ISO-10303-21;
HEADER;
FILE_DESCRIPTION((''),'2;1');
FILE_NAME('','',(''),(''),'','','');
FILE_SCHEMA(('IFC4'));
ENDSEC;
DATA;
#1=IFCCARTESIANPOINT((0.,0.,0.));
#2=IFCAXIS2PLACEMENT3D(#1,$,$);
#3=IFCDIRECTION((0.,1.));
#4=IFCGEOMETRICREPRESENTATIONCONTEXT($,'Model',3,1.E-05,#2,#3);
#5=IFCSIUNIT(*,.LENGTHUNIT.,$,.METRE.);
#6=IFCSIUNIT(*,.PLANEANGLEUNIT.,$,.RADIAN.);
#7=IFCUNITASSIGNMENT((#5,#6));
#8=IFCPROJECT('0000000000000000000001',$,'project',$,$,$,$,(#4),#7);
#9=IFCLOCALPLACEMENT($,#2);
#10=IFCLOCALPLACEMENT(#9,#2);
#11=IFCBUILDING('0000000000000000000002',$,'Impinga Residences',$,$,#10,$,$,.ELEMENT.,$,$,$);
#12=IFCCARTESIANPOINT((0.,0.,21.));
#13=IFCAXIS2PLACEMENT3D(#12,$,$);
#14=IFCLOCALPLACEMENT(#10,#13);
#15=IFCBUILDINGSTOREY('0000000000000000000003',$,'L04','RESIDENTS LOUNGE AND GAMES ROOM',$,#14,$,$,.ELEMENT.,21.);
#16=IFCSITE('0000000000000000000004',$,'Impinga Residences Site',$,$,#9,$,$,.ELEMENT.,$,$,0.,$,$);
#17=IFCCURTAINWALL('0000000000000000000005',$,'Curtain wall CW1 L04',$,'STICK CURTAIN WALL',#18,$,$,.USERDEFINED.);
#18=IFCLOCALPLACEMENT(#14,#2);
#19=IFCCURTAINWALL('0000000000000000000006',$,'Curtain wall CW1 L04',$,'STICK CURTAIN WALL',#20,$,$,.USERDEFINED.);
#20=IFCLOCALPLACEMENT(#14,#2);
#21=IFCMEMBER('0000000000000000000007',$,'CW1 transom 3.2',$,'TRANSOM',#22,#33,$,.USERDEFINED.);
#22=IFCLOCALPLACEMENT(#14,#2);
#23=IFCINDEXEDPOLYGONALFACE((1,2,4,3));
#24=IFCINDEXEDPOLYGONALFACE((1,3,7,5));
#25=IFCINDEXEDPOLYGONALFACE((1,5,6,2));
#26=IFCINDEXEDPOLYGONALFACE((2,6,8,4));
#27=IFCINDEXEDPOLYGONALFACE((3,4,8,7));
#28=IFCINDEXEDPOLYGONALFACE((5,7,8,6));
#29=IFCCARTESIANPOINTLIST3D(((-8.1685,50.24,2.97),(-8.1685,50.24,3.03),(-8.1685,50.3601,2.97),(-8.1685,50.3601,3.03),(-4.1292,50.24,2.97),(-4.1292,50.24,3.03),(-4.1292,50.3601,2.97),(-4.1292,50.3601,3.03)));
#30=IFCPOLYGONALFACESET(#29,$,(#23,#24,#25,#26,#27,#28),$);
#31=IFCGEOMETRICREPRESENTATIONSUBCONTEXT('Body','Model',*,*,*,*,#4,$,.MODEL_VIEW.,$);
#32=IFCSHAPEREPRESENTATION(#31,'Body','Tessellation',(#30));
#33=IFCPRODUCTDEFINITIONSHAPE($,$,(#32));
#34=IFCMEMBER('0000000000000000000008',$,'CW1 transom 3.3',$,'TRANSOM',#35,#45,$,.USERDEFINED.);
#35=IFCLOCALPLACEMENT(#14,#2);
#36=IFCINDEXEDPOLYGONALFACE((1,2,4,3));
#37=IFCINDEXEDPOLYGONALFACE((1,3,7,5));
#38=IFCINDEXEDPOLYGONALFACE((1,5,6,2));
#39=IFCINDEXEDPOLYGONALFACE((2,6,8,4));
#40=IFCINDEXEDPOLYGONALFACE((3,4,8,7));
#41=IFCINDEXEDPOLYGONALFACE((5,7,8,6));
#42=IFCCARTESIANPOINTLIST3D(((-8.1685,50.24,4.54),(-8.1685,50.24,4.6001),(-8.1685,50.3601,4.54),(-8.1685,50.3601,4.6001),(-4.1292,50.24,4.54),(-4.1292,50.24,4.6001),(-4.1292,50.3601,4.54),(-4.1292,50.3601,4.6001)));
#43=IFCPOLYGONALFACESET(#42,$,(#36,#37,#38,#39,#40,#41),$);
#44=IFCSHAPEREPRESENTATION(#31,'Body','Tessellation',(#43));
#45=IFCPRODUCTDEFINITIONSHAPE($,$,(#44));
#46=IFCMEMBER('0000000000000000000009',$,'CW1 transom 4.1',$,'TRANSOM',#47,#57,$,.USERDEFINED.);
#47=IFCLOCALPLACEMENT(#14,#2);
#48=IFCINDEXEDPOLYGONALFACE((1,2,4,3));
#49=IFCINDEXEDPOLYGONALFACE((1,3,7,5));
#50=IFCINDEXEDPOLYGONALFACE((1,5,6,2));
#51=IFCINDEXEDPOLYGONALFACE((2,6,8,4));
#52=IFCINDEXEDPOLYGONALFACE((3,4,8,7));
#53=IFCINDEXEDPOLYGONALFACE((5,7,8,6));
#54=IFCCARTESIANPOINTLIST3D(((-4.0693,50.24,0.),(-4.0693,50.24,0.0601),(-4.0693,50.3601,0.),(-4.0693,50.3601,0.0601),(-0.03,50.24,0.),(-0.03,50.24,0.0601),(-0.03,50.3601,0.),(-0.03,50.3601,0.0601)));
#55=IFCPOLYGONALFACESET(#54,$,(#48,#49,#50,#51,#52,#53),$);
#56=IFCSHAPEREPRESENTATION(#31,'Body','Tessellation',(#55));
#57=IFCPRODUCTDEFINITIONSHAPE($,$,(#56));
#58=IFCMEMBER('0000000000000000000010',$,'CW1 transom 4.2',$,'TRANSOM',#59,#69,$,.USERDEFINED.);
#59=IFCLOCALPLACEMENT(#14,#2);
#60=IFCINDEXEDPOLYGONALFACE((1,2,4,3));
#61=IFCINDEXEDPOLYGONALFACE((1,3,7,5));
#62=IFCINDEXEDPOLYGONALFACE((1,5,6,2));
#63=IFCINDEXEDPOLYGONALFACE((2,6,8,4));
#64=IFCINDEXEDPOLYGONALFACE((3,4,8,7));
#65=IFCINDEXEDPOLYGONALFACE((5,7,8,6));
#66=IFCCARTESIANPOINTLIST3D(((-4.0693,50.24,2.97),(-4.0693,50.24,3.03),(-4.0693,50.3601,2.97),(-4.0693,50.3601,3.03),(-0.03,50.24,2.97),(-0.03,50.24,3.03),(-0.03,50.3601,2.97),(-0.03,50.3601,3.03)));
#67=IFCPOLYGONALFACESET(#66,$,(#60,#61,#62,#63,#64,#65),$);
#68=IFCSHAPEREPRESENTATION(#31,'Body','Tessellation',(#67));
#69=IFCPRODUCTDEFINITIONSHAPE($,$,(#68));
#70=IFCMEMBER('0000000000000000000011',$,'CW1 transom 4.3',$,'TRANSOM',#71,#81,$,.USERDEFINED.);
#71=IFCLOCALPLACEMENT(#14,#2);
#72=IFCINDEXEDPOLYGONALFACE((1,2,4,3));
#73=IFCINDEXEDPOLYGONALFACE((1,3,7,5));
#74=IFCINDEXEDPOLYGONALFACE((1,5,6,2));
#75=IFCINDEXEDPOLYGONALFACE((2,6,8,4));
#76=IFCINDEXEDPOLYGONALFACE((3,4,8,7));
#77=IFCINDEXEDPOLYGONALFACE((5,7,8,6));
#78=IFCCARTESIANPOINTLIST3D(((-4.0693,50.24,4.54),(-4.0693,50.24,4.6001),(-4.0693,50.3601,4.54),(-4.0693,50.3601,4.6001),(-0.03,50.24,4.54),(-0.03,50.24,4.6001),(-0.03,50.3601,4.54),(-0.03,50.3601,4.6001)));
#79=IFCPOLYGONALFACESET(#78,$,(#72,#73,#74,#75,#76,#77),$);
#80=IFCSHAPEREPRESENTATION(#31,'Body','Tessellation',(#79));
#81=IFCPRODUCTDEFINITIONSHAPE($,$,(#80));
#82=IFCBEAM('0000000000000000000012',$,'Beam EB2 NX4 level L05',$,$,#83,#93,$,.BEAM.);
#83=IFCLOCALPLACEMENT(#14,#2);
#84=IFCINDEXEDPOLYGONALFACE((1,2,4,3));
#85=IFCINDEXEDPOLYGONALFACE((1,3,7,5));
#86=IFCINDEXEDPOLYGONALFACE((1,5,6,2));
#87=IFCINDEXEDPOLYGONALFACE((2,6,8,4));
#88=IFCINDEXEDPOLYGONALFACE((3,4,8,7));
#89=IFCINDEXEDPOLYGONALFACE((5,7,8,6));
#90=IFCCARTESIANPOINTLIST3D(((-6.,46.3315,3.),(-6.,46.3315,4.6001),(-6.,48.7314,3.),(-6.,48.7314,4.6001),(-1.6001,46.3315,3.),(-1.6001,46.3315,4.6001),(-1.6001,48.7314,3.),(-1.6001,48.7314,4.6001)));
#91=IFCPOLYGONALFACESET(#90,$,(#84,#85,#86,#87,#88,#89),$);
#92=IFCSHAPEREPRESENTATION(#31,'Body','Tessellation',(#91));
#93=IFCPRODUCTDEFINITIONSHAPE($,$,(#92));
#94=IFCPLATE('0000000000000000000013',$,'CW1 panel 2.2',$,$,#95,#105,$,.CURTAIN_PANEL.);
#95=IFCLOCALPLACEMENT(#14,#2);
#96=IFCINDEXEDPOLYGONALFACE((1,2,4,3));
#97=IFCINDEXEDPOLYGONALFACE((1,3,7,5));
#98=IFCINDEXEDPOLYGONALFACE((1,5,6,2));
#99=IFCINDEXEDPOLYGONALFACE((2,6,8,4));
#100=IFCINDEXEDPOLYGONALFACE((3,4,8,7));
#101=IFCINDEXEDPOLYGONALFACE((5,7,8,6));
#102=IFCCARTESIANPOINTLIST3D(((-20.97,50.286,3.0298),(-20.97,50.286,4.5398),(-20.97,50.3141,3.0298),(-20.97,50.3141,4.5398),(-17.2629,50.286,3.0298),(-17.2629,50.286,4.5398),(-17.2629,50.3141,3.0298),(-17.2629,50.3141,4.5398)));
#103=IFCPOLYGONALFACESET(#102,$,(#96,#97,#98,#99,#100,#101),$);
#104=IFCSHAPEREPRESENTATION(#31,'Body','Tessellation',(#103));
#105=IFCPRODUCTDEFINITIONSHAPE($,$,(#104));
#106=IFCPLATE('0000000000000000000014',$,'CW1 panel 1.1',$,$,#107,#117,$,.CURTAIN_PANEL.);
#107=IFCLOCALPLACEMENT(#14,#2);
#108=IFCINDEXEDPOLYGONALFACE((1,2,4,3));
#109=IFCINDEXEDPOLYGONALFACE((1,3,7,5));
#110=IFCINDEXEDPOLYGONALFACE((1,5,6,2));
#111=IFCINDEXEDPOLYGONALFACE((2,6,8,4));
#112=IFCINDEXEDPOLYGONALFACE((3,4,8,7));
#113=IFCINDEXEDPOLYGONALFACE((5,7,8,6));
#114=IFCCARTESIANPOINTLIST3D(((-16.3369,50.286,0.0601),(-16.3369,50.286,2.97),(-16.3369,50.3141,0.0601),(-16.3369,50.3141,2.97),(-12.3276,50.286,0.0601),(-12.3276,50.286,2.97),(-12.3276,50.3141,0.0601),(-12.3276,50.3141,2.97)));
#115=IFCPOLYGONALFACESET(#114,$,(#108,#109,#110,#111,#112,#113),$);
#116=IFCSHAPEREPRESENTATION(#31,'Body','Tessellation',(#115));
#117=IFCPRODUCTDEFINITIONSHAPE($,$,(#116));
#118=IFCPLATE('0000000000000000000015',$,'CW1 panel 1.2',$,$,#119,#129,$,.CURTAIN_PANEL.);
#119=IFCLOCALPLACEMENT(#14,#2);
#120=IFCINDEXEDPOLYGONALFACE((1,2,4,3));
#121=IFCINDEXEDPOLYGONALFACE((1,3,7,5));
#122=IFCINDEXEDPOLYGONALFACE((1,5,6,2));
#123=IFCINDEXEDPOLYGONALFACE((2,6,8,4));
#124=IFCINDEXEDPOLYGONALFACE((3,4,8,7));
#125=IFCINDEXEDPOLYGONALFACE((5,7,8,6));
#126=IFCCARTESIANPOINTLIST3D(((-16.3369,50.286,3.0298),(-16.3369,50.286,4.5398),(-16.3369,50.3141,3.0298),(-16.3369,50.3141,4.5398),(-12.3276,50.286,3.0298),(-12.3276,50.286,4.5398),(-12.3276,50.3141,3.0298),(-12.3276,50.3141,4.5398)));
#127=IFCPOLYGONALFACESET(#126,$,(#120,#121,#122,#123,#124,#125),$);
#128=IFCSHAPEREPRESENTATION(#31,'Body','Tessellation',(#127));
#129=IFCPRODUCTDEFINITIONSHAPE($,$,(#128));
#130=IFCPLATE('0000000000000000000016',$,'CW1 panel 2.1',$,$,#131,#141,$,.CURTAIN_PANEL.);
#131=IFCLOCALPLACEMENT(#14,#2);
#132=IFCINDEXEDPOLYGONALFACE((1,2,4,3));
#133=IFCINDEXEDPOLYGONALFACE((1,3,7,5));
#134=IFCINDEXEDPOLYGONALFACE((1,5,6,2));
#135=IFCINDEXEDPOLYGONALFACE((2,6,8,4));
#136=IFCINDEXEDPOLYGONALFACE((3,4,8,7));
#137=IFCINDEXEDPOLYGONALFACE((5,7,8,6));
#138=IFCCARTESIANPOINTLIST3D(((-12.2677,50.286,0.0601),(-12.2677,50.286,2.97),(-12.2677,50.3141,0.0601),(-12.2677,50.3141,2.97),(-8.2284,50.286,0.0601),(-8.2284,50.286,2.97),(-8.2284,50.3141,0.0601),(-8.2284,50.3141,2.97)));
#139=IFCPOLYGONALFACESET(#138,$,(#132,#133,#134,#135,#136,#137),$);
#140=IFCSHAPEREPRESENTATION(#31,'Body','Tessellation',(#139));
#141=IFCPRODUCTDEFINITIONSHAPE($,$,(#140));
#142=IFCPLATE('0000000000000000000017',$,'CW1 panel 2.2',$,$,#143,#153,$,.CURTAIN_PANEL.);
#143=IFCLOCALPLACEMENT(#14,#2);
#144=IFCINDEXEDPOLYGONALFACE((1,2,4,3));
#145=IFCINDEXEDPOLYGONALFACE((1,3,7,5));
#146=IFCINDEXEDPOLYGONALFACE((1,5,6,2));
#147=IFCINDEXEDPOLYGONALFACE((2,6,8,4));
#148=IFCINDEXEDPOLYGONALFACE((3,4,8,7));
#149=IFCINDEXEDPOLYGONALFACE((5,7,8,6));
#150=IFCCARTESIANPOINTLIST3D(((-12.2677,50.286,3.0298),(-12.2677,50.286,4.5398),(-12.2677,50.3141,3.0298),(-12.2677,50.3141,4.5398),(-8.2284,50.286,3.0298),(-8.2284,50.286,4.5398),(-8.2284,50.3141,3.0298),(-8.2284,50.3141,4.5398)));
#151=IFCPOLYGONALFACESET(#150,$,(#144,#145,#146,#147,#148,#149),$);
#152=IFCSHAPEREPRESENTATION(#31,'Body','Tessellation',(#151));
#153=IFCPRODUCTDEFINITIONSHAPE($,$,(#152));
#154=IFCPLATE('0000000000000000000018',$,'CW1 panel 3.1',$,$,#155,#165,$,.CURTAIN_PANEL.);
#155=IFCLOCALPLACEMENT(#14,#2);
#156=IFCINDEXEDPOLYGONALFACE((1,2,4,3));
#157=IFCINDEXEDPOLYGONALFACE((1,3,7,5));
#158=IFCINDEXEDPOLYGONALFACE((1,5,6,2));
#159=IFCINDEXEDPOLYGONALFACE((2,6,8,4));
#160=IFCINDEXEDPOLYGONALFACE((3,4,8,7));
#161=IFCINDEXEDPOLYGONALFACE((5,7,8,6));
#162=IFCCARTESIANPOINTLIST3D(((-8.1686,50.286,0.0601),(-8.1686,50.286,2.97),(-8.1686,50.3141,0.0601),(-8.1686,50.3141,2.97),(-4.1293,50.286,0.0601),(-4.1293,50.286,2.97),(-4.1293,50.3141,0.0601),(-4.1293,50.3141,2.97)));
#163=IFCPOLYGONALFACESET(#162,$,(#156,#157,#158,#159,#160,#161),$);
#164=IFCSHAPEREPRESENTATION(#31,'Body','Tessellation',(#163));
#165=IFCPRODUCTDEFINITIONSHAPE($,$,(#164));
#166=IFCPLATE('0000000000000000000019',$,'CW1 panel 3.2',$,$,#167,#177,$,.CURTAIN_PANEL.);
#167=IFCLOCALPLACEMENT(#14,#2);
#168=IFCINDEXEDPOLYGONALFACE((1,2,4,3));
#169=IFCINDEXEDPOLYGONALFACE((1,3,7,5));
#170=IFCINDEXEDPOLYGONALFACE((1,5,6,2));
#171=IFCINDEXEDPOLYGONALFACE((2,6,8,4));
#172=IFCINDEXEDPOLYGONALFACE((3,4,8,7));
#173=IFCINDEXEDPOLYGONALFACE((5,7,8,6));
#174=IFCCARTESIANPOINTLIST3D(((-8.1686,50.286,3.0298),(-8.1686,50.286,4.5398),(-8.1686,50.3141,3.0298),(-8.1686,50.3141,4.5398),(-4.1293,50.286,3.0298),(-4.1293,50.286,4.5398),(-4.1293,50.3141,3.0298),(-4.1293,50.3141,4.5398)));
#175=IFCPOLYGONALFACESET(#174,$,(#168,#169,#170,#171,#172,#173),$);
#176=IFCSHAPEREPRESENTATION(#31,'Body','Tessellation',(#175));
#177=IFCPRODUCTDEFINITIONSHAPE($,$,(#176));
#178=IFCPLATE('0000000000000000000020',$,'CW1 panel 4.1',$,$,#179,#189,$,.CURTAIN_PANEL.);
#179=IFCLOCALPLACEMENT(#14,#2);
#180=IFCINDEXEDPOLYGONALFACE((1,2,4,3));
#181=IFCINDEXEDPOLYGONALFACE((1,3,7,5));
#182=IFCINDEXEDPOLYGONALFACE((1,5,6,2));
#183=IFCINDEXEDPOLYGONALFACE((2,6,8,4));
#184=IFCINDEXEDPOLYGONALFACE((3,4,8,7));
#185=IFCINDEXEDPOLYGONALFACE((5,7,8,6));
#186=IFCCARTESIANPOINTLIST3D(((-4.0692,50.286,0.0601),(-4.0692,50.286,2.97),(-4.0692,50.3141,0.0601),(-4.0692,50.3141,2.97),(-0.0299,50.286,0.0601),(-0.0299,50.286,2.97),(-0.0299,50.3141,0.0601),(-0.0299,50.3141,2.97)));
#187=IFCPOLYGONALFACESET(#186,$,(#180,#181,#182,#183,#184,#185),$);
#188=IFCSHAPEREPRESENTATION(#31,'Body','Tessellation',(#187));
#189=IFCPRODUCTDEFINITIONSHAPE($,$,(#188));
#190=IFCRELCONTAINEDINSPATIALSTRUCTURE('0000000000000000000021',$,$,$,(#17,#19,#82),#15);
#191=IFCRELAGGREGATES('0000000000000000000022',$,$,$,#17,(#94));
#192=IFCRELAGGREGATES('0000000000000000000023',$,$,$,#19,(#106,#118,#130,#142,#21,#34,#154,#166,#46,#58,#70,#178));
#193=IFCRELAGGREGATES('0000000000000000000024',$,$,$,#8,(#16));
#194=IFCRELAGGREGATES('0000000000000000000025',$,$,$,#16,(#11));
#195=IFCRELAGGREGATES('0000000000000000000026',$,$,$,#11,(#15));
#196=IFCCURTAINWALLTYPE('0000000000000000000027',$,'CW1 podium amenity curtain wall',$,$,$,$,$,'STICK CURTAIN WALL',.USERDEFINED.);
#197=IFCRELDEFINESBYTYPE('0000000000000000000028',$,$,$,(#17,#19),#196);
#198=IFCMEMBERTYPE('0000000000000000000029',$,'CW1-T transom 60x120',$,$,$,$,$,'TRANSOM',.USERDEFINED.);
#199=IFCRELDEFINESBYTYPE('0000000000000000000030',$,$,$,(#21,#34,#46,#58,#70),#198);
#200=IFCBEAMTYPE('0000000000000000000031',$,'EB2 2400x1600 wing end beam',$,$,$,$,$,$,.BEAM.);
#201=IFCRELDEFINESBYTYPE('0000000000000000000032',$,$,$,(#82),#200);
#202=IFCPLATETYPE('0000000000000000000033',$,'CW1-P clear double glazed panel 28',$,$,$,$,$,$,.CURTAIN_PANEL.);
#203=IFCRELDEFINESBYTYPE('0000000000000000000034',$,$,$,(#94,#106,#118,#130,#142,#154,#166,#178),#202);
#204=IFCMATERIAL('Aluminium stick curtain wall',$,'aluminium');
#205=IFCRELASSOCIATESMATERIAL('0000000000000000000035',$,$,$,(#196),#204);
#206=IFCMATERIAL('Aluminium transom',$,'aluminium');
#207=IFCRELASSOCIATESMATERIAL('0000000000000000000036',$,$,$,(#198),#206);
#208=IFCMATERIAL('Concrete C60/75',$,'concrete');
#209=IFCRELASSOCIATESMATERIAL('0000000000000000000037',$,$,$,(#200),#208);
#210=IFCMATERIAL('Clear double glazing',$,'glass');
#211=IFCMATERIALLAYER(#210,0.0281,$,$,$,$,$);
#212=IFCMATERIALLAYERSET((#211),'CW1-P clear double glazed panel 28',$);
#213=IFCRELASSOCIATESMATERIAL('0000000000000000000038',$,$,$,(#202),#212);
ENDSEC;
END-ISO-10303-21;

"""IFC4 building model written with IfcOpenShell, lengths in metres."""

from ifc_helpers import new_model, si_unit, direction, frame, origin, origin_2d, place, context, subcontext, project, spatial, rectangle, extrude, material, layer, layer_set, material_profile, profile_set, type_object, element, aggregate, save


model = new_model("IFC4")

# Units and contexts
model_context = context("Model", 3, precision=1e-05, world=origin(), true_north=direction((0.0, 1.0)))
body_context = subcontext(model_context, "Body", "Model", "MODEL_VIEW")
ifc_project = project(units=[si_unit("LENGTHUNIT", "METRE"), si_unit("PLANEANGLEUNIT", "RADIAN")], contexts=[model_context])

# Site, building, storey
site_placement = place(None, origin())
site = spatial("IfcSite", under=ifc_project, at=site_placement, Name="Impinga Residences Site", CompositionType="ELEMENT", RefElevation=0.0)
building_placement = place(site_placement, origin())
building = spatial("IfcBuilding", under=site, at=building_placement, Name="Impinga Residences", CompositionType="ELEMENT")
storey_placement = place(building_placement, frame((0.0, 0.0, 21.0)))
storey = spatial("IfcBuildingStorey", under=building, at=storey_placement, Name="L04", Description="RESIDENTS LOUNGE AND GAMES ROOM", CompositionType="ELEMENT", Elevation=21.0)

# Curtain wall
ifc_material_1 = material(Name="Aluminium stick curtain wall", Category="aluminium")
curtain_wall_type = type_object("IfcCurtainWallType", Name="CW1 podium amenity curtain wall", ElementType="STICK CURTAIN WALL", PredefinedType="USERDEFINED", material=ifc_material_1)
curtain_wall_1_placement = place(storey_placement, origin())
curtain_wall_1 = element("IfcCurtainWall", 1, at=curtain_wall_1_placement, inside=storey, type_object=curtain_wall_type, Name="Curtain wall CW1 L04", ObjectType="STICK CURTAIN WALL", PredefinedType="USERDEFINED")

# Curtain wall, members
curtain_wall_2_placement = place(storey_placement, origin())
curtain_wall_2 = element("IfcCurtainWall", 2, at=curtain_wall_2_placement, inside=storey, type_object=curtain_wall_type, Name="Curtain wall CW1 L04", ObjectType="STICK CURTAIN WALL", PredefinedType="USERDEFINED")
ifc_material_2 = material(Name="Aluminium transom", Category="aluminium")
ifc_material_profile_1 = material_profile(ifc_material_2, rectangle(XDim=0.0601, YDim=0.1201, at=origin_2d()), Name="60x120 transom")
ifc_profile_set_1 = profile_set([ifc_material_profile_1], Name="Aluminium transom")
member_type_1 = type_object("IfcMemberType", Name="CW1-T transom 60x120", ElementType="TRANSOM", PredefinedType="USERDEFINED", material=ifc_profile_set_1)
member_1_placement = place(storey_placement, frame((-8.1685, 50.3, 3.0), z_axis=(1.0, 0.0, 0.0), x_axis=(0.0, 0.0, 1.0)))
member_1 = element("IfcMember", 3, at=member_1_placement, type_object=member_type_1, Name="CW1 transom 3.2", ObjectType="TRANSOM", PredefinedType="USERDEFINED", context=body_context, shape_type="SweptSolid", body=[
    extrude(rectangle(XDim=0.0601, YDim=0.1201, at=origin_2d()), origin(), (0.0, 0.0, 1.0), 4.0393),
])
member_2_placement = place(storey_placement, frame((-8.1685, 50.3, 4.5701), z_axis=(1.0, 0.0, 0.0), x_axis=(0.0, 0.0, 1.0)))
member_2 = element("IfcMember", 4, at=member_2_placement, type_object=member_type_1, Name="CW1 transom 3.3", ObjectType="TRANSOM", PredefinedType="USERDEFINED", context=body_context, shape_type="SweptSolid", body=[
    extrude(rectangle(XDim=0.0601, YDim=0.1201, at=origin_2d()), origin(), (0.0, 0.0, 1.0), 4.0393),
])
member_3_placement = place(storey_placement, frame((-4.0693, 50.3, 0.03), z_axis=(1.0, 0.0, 0.0), x_axis=(0.0, 0.0, 1.0)))
member_3 = element("IfcMember", 5, at=member_3_placement, type_object=member_type_1, Name="CW1 transom 4.1", ObjectType="TRANSOM", PredefinedType="USERDEFINED", context=body_context, shape_type="SweptSolid", body=[
    extrude(rectangle(XDim=0.0601, YDim=0.1201, at=origin_2d()), origin(), (0.0, 0.0, 1.0), 4.0393),
])
member_4_placement = place(storey_placement, frame((-4.0693, 50.3, 3.0), z_axis=(1.0, 0.0, 0.0), x_axis=(0.0, 0.0, 1.0)))
member_4 = element("IfcMember", 6, at=member_4_placement, type_object=member_type_1, Name="CW1 transom 4.2", ObjectType="TRANSOM", PredefinedType="USERDEFINED", context=body_context, shape_type="SweptSolid", body=[
    extrude(rectangle(XDim=0.0601, YDim=0.1201, at=origin_2d()), origin(), (0.0, 0.0, 1.0), 4.0393),
])
member_5_placement = place(storey_placement, frame((-4.0693, 50.3, 4.5701), z_axis=(1.0, 0.0, 0.0), x_axis=(0.0, 0.0, 1.0)))
member_5 = element("IfcMember", 7, at=member_5_placement, type_object=member_type_1, Name="CW1 transom 4.3", ObjectType="TRANSOM", PredefinedType="USERDEFINED", context=body_context, shape_type="SweptSolid", body=[
    extrude(rectangle(XDim=0.0601, YDim=0.1201, at=origin_2d()), origin(), (0.0, 0.0, 1.0), 4.0393),
])

# Beam
ifc_material_3 = material(Name="Concrete C60/75", Category="concrete")
ifc_material_profile_2 = material_profile(ifc_material_3, rectangle(XDim=2.3999, YDim=1.6001, at=origin_2d()), Name="RC 2400x1600")
ifc_profile_set_2 = profile_set([ifc_material_profile_2], Name="Concrete C60/75")
beam_type = type_object("IfcBeamType", Name="EB2 2400x1600 wing end beam", PredefinedType="BEAM", material=ifc_profile_set_2)
beam_placement = place(storey_placement, frame((-6.0, 47.5315, 3.8), z_axis=(1.0, 0.0, 0.0), x_axis=(0.0, 1.0, 0.0)))
element("IfcBeam", 8, at=beam_placement, inside=storey, type_object=beam_type, Name="Beam EB2 NX4 level L05", PredefinedType="BEAM", context=body_context, shape_type="SweptSolid", body=[
    extrude(rectangle(XDim=2.3999, YDim=1.6001, at=origin_2d()), origin(), (0.0, 0.0, 1.0), 4.3999),
])

# Plates
ifc_material_4 = material(Name="Clear double glazing", Category="glass")
ifc_layer_1 = layer(ifc_material_4, 0.0281)
ifc_layer_set_1 = layer_set([ifc_layer_1], Name="CW1-P clear double glazed panel 28")
plate_type = type_object("IfcPlateType", Name="CW1-P clear double glazed panel 28", PredefinedType="CURTAIN_PANEL", material=ifc_layer_set_1)
plate_1_placement = place(storey_placement, frame((-19.1165, 50.3, 3.0298), z_axis=(0.0, 0.0, 1.0), x_axis=(1.0, 0.0, 0.0)))
plate_1 = element("IfcPlate", 9, at=plate_1_placement, type_object=plate_type, Name="CW1 panel 2.2", PredefinedType="CURTAIN_PANEL", context=body_context, shape_type="SweptSolid", body=[
    extrude(rectangle(XDim=3.707, YDim=0.0281, at=origin_2d()), origin(), (0.0, 0.0, 1.0), 1.51),
])
aggregate(curtain_wall_1, [plate_1])
plate_2_placement = place(storey_placement, frame((-14.3323, 50.3, 0.0601), z_axis=(0.0, 0.0, 1.0), x_axis=(1.0, 0.0, 0.0)))
plate_2 = element("IfcPlate", 10, at=plate_2_placement, type_object=plate_type, Name="CW1 panel 1.1", PredefinedType="CURTAIN_PANEL", context=body_context, shape_type="SweptSolid", body=[
    extrude(rectangle(XDim=4.0093, YDim=0.0281, at=origin_2d()), origin(), (0.0, 0.0, 1.0), 2.9099),
])
plate_3_placement = place(storey_placement, frame((-14.3323, 50.3, 3.0298), z_axis=(0.0, 0.0, 1.0), x_axis=(1.0, 0.0, 0.0)))
plate_3 = element("IfcPlate", 11, at=plate_3_placement, type_object=plate_type, Name="CW1 panel 1.2", PredefinedType="CURTAIN_PANEL", context=body_context, shape_type="SweptSolid", body=[
    extrude(rectangle(XDim=4.0093, YDim=0.0281, at=origin_2d()), origin(), (0.0, 0.0, 1.0), 1.51),
])
plate_4_placement = place(storey_placement, frame((-10.248, 50.3, 0.0601), z_axis=(0.0, 0.0, 1.0), x_axis=(1.0, 0.0, 0.0)))
plate_4 = element("IfcPlate", 12, at=plate_4_placement, type_object=plate_type, Name="CW1 panel 2.1", PredefinedType="CURTAIN_PANEL", context=body_context, shape_type="SweptSolid", body=[
    extrude(rectangle(XDim=4.0393, YDim=0.0281, at=origin_2d()), origin(), (0.0, 0.0, 1.0), 2.9099),
])
plate_5_placement = place(storey_placement, frame((-10.248, 50.3, 3.0298), z_axis=(0.0, 0.0, 1.0), x_axis=(1.0, 0.0, 0.0)))
plate_5 = element("IfcPlate", 13, at=plate_5_placement, type_object=plate_type, Name="CW1 panel 2.2", PredefinedType="CURTAIN_PANEL", context=body_context, shape_type="SweptSolid", body=[
    extrude(rectangle(XDim=4.0393, YDim=0.0281, at=origin_2d()), origin(), (0.0, 0.0, 1.0), 1.51),
])
plate_6_placement = place(storey_placement, frame((-6.1489, 50.3, 0.0601), z_axis=(0.0, 0.0, 1.0), x_axis=(1.0, 0.0, 0.0)))
plate_6 = element("IfcPlate", 14, at=plate_6_placement, type_object=plate_type, Name="CW1 panel 3.1", PredefinedType="CURTAIN_PANEL", context=body_context, shape_type="SweptSolid", body=[
    extrude(rectangle(XDim=4.0393, YDim=0.0281, at=origin_2d()), origin(), (0.0, 0.0, 1.0), 2.9099),
])
plate_7_placement = place(storey_placement, frame((-6.1489, 50.3, 3.0298), z_axis=(0.0, 0.0, 1.0), x_axis=(1.0, 0.0, 0.0)))
plate_7 = element("IfcPlate", 15, at=plate_7_placement, type_object=plate_type, Name="CW1 panel 3.2", PredefinedType="CURTAIN_PANEL", context=body_context, shape_type="SweptSolid", body=[
    extrude(rectangle(XDim=4.0393, YDim=0.0281, at=origin_2d()), origin(), (0.0, 0.0, 1.0), 1.51),
])
plate_8_placement = place(storey_placement, frame((-2.0496, 50.3, 0.0601), z_axis=(0.0, 0.0, 1.0), x_axis=(1.0, 0.0, 0.0)))
plate_8 = element("IfcPlate", 16, at=plate_8_placement, type_object=plate_type, Name="CW1 panel 4.1", PredefinedType="CURTAIN_PANEL", context=body_context, shape_type="SweptSolid", body=[
    extrude(rectangle(XDim=4.0393, YDim=0.0281, at=origin_2d()), origin(), (0.0, 0.0, 1.0), 2.9099),
])
aggregate(curtain_wall_2, [plate_2, plate_3, plate_4, plate_5, member_1, member_2, plate_6, plate_7, member_3, member_4, member_5, plate_8])

save(model, "model.ifc")
